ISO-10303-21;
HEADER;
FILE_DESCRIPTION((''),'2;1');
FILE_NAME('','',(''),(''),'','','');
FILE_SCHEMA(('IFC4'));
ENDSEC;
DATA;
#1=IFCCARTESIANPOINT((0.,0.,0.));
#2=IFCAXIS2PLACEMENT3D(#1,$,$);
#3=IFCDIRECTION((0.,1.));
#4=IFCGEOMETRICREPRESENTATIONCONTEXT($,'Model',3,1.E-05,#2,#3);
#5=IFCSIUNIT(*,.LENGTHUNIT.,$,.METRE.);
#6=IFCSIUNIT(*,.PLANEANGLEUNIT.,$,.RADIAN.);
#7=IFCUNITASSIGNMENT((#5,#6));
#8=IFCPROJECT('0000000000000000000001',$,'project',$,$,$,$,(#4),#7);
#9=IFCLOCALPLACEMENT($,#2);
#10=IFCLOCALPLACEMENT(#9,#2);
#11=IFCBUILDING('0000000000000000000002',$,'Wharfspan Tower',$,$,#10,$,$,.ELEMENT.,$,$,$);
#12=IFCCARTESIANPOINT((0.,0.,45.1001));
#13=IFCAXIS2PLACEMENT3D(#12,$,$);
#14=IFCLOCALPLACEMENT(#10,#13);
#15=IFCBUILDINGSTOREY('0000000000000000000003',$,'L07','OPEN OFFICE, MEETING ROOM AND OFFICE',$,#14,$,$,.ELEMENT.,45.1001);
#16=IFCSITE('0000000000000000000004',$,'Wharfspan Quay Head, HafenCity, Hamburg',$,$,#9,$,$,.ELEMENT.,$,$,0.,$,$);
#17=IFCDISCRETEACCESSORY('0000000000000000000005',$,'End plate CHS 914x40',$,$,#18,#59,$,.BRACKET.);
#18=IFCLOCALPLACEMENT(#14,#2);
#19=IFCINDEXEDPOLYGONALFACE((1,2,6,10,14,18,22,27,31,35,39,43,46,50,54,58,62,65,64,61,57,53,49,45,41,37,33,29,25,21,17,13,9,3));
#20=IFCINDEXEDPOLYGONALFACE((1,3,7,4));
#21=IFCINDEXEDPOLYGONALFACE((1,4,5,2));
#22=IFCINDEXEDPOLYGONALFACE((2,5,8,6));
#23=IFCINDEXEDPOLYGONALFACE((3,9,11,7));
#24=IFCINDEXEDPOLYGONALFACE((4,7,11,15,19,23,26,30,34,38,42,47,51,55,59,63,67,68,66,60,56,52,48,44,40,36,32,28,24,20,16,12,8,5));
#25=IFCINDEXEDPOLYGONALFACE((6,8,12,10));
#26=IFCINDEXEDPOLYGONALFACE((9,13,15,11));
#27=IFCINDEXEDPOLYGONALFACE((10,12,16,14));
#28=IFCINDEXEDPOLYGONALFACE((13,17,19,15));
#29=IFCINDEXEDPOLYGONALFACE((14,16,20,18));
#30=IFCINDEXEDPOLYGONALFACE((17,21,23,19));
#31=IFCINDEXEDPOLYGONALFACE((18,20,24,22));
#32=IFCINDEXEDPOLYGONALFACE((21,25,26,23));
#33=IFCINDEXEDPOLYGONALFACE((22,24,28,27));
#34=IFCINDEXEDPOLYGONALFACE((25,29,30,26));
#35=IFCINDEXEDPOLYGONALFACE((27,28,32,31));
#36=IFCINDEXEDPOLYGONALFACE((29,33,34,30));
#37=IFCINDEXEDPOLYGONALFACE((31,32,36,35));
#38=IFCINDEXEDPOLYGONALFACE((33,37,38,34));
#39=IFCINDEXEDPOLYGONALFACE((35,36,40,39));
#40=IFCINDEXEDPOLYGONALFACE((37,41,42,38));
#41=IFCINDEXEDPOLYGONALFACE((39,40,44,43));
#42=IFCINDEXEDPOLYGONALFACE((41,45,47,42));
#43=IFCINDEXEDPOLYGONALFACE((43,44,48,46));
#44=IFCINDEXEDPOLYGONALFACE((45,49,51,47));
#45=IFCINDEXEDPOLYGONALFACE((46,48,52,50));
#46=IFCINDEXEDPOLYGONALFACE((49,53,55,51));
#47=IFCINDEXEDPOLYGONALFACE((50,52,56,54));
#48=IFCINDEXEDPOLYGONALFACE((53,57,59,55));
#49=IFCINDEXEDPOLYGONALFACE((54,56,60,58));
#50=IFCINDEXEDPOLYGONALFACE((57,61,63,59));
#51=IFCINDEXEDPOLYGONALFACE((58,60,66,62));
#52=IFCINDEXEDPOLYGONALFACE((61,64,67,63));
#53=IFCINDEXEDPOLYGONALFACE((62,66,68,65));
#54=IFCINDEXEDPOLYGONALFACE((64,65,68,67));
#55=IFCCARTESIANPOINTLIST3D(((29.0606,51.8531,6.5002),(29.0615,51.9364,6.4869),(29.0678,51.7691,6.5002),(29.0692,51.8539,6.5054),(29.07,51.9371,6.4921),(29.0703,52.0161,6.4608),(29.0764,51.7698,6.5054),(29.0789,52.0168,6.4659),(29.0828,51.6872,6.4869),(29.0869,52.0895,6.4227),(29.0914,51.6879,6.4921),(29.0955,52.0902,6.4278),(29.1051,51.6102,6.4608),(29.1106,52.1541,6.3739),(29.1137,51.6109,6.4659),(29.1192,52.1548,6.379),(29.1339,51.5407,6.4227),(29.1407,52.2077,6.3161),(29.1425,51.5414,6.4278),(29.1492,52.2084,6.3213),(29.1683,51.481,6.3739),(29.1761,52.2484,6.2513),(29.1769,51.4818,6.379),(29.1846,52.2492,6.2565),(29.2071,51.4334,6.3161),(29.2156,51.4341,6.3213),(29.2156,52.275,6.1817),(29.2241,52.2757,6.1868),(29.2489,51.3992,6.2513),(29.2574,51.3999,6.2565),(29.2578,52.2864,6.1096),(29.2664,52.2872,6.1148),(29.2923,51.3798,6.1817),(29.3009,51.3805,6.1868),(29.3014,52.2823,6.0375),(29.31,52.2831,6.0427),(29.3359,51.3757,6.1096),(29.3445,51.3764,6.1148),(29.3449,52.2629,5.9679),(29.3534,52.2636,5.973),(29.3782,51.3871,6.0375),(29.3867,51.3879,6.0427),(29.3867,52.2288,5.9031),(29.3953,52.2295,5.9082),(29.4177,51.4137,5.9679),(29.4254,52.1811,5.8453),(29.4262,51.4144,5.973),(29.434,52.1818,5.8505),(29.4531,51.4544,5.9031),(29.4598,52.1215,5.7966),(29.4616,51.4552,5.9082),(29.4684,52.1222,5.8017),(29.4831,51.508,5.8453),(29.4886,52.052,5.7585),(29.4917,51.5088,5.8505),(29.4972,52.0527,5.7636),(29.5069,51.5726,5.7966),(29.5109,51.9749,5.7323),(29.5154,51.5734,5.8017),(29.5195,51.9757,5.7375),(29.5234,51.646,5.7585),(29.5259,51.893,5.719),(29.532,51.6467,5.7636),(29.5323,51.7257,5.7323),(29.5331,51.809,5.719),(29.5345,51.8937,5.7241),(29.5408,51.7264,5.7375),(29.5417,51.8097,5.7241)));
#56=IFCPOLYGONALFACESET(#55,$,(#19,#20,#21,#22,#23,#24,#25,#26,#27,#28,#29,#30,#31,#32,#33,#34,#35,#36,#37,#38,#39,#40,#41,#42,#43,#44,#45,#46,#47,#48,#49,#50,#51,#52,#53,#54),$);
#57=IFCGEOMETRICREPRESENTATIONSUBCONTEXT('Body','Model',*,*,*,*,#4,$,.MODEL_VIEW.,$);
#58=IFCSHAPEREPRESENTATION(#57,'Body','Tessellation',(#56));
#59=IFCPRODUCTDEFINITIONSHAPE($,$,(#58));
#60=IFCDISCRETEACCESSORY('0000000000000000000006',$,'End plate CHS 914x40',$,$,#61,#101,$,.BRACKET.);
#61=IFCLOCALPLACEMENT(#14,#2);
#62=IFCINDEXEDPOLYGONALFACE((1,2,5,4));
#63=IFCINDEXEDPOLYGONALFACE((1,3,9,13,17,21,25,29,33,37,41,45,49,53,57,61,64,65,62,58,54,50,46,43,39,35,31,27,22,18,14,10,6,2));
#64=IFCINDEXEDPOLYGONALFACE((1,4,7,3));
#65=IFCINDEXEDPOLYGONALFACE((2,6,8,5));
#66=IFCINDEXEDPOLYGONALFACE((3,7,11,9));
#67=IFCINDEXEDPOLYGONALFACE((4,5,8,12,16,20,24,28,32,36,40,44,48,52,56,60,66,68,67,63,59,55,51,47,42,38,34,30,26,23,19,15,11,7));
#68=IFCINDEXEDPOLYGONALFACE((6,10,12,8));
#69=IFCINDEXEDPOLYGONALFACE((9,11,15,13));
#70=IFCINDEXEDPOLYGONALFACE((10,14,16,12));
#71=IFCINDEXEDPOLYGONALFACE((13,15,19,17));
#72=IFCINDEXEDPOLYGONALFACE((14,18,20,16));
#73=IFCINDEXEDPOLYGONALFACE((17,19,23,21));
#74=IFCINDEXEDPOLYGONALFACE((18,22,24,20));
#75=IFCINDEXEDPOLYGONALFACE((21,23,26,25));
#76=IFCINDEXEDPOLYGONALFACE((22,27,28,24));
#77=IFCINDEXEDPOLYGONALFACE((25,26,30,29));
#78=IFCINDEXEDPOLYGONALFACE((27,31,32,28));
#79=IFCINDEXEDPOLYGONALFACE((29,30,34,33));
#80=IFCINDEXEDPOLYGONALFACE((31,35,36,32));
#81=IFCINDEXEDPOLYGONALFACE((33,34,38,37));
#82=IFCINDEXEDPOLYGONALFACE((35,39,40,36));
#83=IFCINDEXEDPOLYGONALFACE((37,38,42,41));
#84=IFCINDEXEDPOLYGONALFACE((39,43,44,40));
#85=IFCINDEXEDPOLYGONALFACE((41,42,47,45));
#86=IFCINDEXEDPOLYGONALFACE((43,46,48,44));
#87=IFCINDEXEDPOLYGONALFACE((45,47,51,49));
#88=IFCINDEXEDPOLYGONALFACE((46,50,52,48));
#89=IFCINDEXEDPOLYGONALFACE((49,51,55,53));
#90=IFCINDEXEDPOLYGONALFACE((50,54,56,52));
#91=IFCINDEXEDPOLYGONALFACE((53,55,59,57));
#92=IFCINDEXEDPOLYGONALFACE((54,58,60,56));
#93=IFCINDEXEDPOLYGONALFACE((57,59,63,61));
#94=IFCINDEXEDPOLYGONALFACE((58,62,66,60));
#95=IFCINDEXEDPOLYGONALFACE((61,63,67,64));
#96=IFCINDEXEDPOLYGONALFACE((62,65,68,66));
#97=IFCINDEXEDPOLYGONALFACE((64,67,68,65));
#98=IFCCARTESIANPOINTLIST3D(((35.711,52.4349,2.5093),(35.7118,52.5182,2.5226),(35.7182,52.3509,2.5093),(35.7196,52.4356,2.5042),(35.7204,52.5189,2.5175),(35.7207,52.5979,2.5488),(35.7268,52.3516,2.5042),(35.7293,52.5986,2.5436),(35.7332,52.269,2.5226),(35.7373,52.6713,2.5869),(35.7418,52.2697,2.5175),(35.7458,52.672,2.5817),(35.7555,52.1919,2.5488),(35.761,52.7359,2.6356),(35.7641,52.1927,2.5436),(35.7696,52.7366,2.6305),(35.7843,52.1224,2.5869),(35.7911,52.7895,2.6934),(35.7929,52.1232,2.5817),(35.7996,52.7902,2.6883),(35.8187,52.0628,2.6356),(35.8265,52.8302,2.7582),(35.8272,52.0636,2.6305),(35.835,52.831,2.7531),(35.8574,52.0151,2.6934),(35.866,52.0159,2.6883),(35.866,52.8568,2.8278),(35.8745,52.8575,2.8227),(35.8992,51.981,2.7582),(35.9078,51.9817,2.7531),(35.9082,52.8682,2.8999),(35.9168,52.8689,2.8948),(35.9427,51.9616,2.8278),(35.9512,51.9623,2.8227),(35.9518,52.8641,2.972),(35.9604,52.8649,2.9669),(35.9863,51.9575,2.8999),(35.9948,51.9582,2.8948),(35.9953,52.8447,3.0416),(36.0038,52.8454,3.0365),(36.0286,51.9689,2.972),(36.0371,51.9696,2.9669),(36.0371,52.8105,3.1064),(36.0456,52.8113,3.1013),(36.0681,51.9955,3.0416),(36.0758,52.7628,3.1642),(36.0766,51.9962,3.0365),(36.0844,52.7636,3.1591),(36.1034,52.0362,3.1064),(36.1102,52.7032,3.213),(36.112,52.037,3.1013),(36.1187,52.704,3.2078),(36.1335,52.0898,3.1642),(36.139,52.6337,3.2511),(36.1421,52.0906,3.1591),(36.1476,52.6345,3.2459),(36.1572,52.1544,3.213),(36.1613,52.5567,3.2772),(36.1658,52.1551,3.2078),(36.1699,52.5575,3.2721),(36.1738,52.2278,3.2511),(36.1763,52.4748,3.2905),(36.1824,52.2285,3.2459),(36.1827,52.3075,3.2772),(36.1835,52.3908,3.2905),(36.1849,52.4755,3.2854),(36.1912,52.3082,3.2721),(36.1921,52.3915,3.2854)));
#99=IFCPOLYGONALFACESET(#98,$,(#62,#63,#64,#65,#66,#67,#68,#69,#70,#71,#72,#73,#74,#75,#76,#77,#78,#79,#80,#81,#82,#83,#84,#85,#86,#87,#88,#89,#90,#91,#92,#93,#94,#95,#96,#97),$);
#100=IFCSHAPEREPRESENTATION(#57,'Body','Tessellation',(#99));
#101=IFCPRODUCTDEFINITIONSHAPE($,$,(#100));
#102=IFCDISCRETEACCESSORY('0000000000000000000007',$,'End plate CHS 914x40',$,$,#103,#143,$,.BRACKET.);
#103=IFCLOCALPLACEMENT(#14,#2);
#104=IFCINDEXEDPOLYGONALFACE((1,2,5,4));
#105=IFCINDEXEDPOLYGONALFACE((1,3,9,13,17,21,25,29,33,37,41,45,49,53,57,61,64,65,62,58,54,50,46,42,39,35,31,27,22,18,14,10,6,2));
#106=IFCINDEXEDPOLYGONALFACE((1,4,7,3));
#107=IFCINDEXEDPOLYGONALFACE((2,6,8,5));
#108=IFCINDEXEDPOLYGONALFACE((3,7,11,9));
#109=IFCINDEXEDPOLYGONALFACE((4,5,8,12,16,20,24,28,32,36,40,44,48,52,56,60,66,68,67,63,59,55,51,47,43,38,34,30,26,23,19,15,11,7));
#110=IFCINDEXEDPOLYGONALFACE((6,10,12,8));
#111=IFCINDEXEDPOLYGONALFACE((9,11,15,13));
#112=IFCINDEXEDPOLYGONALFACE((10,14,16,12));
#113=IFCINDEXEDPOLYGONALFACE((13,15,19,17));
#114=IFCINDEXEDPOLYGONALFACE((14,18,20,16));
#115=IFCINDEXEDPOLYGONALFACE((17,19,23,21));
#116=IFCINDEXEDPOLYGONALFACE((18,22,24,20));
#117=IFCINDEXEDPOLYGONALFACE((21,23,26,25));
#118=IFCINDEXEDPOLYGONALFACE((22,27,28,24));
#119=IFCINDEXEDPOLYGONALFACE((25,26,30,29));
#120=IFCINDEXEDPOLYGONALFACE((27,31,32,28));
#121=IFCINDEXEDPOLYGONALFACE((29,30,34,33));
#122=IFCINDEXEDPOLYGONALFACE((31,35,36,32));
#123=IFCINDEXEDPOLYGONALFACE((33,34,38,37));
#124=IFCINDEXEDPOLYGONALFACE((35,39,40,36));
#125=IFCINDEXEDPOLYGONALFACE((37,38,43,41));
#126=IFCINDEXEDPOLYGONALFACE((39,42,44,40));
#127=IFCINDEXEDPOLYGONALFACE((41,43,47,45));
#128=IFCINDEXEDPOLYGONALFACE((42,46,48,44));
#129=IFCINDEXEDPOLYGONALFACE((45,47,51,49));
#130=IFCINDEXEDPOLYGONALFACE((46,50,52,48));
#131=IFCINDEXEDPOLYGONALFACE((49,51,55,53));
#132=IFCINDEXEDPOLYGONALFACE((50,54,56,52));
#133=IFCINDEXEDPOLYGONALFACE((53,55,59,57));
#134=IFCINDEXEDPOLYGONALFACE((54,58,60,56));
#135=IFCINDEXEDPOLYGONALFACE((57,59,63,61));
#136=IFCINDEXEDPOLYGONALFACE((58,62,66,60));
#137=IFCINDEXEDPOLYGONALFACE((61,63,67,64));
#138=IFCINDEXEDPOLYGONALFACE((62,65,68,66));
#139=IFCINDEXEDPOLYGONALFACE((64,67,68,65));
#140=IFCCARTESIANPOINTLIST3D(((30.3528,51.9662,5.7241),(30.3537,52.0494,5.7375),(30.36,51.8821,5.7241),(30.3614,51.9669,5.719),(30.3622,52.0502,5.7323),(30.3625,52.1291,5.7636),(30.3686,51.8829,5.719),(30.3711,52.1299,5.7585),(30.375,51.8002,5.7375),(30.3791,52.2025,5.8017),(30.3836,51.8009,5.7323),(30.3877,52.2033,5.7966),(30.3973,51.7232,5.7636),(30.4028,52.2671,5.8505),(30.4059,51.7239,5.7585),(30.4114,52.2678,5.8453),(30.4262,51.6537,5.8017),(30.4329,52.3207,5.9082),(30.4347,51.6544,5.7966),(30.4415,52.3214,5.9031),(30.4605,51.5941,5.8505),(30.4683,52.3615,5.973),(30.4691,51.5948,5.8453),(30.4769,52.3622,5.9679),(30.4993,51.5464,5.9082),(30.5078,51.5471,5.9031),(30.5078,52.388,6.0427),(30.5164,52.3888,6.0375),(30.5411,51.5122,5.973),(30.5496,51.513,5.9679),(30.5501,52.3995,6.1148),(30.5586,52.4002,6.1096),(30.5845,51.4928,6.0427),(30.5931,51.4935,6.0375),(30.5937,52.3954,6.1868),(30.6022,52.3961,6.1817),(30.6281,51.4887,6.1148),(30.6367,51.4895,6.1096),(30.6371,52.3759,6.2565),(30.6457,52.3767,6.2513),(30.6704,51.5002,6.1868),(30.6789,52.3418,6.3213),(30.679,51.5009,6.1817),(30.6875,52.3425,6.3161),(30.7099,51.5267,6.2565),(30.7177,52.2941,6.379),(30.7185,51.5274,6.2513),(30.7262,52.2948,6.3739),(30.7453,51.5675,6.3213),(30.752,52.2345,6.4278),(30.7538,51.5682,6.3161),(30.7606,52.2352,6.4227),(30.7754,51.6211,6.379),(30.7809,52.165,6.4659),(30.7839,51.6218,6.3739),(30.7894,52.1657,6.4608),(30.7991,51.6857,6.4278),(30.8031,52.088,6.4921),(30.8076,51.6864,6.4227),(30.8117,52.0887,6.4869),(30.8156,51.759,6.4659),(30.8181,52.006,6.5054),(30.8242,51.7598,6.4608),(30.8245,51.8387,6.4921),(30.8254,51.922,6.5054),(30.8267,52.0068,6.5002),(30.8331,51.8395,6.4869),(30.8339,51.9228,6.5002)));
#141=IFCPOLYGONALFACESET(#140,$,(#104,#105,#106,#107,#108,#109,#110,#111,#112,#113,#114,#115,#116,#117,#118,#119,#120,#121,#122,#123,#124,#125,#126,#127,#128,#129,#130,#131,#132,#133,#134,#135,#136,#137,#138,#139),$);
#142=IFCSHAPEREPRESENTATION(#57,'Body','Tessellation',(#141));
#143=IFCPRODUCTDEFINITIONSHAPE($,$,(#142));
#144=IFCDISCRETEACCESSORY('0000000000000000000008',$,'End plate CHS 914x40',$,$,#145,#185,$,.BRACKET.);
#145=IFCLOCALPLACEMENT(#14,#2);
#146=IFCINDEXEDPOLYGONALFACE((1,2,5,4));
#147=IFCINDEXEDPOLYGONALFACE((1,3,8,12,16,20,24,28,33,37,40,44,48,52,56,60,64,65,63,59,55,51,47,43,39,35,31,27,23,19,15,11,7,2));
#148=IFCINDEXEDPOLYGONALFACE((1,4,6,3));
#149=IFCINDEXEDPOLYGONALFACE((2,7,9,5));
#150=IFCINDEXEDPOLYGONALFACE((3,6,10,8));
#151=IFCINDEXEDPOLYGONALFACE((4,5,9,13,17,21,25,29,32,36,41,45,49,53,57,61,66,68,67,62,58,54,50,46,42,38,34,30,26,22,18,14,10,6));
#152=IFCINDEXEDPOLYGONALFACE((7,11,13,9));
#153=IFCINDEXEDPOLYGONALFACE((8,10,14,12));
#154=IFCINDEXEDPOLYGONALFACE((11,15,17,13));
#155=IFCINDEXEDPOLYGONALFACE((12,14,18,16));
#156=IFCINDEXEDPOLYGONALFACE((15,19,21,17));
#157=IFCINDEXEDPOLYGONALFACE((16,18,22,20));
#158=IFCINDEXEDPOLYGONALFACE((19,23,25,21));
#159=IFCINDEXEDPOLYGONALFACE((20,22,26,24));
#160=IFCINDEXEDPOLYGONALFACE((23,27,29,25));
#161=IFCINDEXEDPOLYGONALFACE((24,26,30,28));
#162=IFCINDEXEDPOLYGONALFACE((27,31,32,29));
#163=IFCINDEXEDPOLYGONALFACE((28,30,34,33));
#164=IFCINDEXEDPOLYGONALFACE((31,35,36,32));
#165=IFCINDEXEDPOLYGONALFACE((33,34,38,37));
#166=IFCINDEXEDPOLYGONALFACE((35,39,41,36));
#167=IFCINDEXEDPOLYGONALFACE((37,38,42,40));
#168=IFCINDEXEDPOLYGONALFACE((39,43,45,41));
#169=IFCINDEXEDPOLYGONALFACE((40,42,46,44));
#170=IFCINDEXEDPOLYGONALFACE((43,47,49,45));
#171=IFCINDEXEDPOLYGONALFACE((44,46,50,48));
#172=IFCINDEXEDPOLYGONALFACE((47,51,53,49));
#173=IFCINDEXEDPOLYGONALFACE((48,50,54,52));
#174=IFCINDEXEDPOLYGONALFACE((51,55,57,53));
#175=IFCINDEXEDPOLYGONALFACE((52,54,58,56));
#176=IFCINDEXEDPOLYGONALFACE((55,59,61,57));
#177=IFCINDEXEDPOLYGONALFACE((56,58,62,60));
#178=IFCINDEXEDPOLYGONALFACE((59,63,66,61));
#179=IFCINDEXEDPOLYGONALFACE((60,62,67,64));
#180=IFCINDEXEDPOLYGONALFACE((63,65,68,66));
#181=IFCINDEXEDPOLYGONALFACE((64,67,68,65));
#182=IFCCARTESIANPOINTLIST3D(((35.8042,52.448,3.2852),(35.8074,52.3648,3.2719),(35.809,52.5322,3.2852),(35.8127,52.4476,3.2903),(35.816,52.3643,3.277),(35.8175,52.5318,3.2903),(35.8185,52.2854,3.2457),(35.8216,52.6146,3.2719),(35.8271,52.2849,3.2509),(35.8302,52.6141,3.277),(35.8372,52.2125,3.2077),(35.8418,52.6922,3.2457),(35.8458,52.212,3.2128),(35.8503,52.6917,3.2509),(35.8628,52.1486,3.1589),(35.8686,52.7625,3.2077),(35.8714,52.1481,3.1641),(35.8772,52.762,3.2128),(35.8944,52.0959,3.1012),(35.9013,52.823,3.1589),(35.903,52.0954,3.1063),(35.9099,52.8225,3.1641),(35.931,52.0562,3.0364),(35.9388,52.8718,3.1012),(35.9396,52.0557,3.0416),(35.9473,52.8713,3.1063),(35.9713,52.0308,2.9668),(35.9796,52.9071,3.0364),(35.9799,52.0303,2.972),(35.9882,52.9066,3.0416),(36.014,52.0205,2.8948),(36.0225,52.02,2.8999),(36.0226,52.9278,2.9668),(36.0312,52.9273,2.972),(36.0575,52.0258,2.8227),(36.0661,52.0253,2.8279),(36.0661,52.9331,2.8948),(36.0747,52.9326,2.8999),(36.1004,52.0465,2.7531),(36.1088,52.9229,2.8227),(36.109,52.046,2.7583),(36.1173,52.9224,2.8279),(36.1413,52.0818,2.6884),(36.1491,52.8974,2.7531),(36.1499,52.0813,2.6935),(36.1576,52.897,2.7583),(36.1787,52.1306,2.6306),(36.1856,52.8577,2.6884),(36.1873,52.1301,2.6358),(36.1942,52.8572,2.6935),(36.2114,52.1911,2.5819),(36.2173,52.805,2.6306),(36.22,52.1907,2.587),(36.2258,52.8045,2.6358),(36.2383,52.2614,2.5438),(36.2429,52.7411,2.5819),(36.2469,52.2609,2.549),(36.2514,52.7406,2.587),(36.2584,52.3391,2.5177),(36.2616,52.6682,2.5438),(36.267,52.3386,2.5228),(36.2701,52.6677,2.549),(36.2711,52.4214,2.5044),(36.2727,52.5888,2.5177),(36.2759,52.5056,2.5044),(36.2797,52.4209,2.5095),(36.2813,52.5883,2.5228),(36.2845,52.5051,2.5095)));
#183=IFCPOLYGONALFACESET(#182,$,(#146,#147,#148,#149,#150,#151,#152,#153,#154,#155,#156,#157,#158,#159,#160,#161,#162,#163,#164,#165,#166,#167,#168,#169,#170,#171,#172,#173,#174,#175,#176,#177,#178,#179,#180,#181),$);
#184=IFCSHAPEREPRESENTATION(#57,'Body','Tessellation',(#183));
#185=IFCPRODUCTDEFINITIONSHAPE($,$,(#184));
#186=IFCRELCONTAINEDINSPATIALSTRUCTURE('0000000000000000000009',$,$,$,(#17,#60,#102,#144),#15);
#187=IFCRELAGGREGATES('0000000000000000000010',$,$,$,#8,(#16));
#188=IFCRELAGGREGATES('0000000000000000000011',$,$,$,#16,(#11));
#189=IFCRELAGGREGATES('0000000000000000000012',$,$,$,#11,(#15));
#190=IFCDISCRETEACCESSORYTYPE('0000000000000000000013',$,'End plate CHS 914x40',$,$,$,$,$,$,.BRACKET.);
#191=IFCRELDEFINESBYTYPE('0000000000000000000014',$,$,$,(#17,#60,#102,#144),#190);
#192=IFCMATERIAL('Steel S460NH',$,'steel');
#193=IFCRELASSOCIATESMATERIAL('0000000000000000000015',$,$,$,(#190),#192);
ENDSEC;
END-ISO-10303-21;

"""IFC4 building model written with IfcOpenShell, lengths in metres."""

from ifc_helpers import new_model, si_unit, direction, frame, origin, origin_2d, place, context, subcontext, project, spatial, circle, extrude, material, material_profile, profile_set, type_object, element, save


model = new_model("IFC4")

# Units and contexts
model_context = context("Model", 3, precision=1e-05, world=origin(), true_north=direction((0.0, 1.0)))
body_context = subcontext(model_context, "Body", "Model", "MODEL_VIEW")
ifc_project = project(units=[si_unit("LENGTHUNIT", "METRE"), si_unit("PLANEANGLEUNIT", "RADIAN")], contexts=[model_context])

# Site, building, storey
site_placement = place(None, origin())
site = spatial("IfcSite", under=ifc_project, at=site_placement, Name="Wharfspan Quay Head, HafenCity, Hamburg", CompositionType="ELEMENT", RefElevation=0.0)
building_placement = place(site_placement, origin())
building = spatial("IfcBuilding", under=site, at=building_placement, Name="Wharfspan Tower", CompositionType="ELEMENT")
storey_placement = place(building_placement, frame((0.0, 0.0, 45.1001)))
storey = spatial("IfcBuildingStorey", under=building, at=storey_placement, Name="L07", Description="OPEN OFFICE, MEETING ROOM AND OFFICE", CompositionType="ELEMENT", Elevation=45.1001)

# Shared definitions
ifc_material_1 = material(Name="Steel S460NH", Category="steel")

# Discrete accessories
ifc_material_profile_1 = material_profile(ifc_material_1, circle(Radius=0.457, at=origin_2d()))
ifc_profile_set_1 = profile_set([ifc_material_profile_1], Name="Steel S460NH")
discrete_accessory_type = type_object("IfcDiscreteAccessoryType", Name="End plate CHS 914x40", PredefinedType="BRACKET", material=ifc_profile_set_1)
for number, where, z_axis, x_axis, name in (
    (1, (29.2969, 51.8311, 6.1096), (0.855186, 0.073302, 0.513112), (-0.085402, 0.996345, 0.000001), "End plate CHS 914x40"),
    (2, (35.9558, 52.4136, 2.8948), (-0.855186, -0.073302, 0.513112), (0.085402, -0.996345, 0.000001), "End plate CHS 914x40"),
    (3, (30.5977, 51.9448, 6.1096), (-0.855186, -0.073302, 0.513112), (0.085402, -0.996345, 0.000001), "End plate CHS 914x40"),
    (4, (36.04, 52.4768, 2.8948), (0.856465, -0.048941, 0.513879), (0.05705, 0.998372, 0.0), "End plate CHS 914x40"),
):
    element("IfcDiscreteAccessory", number, at=place(storey_placement, frame(where, z_axis=z_axis, x_axis=x_axis)), inside=storey, type_object=discrete_accessory_type, Name=name, PredefinedType="BRACKET", context=body_context, shape_type="SweptSolid", body=[
        extrude(circle(Radius=0.457, at=origin_2d()), origin(), (0.0, 0.0, 1.0), 0.01),
    ])

save(model, "model.ifc")
